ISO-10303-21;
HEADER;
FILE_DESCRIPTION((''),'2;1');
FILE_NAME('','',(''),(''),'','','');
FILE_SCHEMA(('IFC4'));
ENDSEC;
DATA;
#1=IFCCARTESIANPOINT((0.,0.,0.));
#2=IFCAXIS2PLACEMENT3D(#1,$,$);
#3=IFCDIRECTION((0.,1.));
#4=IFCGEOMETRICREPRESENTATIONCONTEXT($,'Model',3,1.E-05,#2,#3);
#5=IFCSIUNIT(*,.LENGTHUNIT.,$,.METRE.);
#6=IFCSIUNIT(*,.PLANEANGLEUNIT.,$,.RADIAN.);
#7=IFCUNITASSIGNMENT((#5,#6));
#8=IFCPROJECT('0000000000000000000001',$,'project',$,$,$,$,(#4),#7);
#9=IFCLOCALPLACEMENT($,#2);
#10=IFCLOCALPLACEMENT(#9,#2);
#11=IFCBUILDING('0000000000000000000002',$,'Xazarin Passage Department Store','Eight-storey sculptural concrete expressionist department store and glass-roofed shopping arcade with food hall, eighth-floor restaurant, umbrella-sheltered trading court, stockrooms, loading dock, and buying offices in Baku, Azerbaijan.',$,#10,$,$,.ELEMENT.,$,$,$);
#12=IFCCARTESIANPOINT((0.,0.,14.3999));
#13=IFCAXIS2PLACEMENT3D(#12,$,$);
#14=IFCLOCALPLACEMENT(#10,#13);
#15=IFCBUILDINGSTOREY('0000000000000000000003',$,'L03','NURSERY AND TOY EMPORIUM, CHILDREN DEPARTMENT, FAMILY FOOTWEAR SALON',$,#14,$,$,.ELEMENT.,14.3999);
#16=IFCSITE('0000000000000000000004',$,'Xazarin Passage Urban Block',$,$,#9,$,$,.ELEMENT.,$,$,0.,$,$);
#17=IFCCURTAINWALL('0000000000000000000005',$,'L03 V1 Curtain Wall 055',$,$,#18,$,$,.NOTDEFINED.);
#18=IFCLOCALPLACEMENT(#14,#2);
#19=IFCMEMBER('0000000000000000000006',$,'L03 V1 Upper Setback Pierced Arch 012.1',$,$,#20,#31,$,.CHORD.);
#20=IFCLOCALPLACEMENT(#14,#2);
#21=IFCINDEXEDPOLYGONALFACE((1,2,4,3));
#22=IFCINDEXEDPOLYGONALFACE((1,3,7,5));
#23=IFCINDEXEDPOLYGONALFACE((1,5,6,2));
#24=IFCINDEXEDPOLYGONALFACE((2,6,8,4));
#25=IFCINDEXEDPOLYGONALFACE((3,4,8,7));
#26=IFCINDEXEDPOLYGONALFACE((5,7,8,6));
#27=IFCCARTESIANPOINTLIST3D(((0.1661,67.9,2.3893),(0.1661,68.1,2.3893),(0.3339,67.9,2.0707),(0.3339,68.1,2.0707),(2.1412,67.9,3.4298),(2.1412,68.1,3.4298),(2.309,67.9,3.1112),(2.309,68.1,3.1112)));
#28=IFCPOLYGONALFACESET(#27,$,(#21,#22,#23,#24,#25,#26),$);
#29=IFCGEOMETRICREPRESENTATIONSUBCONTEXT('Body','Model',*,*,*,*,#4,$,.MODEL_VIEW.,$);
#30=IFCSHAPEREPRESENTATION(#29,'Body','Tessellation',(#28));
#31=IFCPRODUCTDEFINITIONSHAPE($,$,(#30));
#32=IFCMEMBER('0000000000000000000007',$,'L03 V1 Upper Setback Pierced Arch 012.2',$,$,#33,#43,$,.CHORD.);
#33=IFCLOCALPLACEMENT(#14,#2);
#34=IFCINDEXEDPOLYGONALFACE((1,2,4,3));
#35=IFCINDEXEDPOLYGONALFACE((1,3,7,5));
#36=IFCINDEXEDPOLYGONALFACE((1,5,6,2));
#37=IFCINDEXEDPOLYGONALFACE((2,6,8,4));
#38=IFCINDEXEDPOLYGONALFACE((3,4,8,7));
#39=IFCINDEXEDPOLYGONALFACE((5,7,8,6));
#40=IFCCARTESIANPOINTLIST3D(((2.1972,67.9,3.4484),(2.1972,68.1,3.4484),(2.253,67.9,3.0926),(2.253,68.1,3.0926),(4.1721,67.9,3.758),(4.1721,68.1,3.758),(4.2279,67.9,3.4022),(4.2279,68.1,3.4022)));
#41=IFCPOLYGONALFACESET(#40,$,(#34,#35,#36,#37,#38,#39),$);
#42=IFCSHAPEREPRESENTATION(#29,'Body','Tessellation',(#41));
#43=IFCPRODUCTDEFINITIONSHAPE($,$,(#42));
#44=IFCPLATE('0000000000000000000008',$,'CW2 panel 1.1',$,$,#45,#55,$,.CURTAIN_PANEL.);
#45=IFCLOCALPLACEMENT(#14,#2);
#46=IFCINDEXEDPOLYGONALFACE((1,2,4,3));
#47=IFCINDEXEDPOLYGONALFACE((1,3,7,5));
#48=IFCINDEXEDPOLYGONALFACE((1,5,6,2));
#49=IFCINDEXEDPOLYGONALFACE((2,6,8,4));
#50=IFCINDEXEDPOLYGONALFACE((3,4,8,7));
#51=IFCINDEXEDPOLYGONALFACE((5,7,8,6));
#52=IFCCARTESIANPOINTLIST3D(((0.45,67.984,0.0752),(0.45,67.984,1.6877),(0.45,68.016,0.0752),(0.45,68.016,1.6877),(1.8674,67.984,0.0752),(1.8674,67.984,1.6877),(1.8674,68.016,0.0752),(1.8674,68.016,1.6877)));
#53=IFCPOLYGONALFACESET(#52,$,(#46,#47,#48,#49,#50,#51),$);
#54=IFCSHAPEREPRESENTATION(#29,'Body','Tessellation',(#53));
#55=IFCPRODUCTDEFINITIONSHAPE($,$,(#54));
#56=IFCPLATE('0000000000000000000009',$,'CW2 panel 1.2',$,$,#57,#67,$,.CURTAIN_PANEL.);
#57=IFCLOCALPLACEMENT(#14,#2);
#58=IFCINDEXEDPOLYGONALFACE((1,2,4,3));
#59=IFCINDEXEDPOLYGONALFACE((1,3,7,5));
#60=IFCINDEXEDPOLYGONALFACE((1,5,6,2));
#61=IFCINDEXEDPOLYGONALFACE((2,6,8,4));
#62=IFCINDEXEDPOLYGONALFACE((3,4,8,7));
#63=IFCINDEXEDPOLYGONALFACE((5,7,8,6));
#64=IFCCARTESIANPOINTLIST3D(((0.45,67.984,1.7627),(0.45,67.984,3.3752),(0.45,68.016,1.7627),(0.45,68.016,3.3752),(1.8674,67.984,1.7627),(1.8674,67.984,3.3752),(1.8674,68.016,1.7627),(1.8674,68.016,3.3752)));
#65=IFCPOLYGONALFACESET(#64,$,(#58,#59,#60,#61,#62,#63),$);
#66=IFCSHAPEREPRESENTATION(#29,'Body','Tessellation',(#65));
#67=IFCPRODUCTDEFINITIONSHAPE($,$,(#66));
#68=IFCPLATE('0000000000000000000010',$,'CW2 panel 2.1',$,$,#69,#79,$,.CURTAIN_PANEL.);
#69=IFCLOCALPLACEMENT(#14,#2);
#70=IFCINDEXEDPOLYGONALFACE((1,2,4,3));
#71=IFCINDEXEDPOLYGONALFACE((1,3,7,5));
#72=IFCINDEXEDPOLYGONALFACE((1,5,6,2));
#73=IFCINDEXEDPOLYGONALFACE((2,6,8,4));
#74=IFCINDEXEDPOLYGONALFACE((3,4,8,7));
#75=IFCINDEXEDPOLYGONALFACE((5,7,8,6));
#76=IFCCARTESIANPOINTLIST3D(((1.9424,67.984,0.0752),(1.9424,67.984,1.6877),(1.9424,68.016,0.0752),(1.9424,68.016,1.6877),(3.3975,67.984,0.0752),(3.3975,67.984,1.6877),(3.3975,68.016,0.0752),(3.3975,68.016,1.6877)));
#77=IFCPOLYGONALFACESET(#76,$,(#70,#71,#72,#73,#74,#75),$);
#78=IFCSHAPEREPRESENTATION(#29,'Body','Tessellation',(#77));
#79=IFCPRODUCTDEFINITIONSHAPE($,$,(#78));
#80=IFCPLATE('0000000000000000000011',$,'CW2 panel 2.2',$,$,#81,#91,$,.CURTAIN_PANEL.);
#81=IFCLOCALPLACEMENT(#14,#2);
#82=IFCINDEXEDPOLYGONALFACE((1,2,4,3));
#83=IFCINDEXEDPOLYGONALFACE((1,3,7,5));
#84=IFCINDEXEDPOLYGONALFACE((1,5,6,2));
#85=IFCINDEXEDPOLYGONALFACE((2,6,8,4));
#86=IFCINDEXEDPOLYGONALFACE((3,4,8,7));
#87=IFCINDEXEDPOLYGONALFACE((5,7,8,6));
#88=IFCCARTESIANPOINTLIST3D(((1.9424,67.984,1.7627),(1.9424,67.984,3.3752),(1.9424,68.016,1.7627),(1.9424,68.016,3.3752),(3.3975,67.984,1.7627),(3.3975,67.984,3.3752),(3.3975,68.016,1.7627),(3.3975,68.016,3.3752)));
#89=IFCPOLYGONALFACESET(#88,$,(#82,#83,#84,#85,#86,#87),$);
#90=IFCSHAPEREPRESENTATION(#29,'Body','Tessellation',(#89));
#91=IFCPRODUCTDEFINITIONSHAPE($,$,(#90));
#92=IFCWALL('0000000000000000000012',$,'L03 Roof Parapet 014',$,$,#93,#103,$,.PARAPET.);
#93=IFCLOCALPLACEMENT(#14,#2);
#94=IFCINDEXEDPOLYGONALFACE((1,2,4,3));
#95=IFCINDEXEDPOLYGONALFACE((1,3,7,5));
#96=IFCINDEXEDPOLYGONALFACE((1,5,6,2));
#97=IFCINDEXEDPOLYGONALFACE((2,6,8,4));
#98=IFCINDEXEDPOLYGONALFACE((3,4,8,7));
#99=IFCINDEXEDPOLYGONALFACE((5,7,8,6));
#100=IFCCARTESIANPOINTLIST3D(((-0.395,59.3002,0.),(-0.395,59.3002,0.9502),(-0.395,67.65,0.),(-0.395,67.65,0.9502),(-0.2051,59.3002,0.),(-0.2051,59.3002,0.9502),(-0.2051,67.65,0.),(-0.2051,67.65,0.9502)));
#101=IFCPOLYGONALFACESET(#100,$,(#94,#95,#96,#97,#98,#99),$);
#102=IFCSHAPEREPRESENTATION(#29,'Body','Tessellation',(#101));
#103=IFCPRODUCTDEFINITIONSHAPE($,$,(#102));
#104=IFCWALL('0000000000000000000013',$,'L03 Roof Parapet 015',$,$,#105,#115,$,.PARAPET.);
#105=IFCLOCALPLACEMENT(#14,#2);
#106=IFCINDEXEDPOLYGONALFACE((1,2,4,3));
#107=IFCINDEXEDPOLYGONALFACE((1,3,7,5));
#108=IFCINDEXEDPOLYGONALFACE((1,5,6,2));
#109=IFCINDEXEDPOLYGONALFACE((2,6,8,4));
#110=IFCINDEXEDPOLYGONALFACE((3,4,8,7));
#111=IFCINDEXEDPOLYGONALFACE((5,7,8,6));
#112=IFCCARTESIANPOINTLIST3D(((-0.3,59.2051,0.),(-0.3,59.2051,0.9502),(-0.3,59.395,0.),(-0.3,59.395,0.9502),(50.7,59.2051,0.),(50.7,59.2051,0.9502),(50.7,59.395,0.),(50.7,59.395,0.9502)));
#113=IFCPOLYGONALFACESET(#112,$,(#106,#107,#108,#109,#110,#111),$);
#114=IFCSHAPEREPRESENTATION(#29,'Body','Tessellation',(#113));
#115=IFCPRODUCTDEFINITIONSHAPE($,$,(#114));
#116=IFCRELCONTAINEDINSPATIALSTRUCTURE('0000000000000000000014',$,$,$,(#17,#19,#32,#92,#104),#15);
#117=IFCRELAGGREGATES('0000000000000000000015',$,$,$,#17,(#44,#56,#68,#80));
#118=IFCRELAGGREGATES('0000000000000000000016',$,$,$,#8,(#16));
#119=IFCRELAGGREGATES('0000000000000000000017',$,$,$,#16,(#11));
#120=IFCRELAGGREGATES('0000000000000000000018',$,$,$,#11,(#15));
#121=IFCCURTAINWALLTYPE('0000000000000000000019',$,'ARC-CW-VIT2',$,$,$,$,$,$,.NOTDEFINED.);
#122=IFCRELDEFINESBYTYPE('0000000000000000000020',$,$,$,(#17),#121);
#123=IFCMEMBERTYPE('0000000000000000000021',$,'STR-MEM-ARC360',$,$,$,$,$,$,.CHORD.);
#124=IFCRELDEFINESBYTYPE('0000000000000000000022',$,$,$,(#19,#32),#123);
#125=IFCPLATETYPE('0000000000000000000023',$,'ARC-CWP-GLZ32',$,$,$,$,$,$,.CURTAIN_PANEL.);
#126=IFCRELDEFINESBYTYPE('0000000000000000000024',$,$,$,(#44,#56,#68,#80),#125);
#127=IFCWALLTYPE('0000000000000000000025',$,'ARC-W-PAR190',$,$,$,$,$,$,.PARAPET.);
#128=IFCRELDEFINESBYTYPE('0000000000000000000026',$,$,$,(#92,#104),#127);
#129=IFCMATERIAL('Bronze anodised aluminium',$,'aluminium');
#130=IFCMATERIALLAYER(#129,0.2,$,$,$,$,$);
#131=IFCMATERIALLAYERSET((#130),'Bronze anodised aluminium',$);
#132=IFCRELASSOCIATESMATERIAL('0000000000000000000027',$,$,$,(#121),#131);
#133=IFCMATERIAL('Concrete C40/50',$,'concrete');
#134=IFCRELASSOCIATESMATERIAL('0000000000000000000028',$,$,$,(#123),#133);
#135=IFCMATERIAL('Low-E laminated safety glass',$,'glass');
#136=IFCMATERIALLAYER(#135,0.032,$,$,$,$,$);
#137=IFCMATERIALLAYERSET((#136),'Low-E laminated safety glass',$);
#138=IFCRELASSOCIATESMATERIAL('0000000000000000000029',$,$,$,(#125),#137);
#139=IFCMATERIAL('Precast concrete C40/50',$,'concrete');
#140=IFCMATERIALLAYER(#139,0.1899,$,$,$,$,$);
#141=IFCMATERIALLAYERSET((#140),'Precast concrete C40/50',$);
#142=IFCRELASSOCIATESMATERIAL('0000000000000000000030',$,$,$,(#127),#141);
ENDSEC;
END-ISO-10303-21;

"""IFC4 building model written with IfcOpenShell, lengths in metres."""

from ifc_helpers import new_model, si_unit, direction, frame, frame_2d, origin, origin_2d, place, context, subcontext, project, spatial, rectangle, extrude, material, layer, layer_set, material_profile, profile_set, type_object, element, aggregate, save


model = new_model("IFC4")

# Units and contexts
model_context = context("Model", 3, precision=1e-05, world=origin(), true_north=direction((0.0, 1.0)))
body_context = subcontext(model_context, "Body", "Model", "MODEL_VIEW")
ifc_project = project(units=[si_unit("LENGTHUNIT", "METRE"), si_unit("PLANEANGLEUNIT", "RADIAN")], contexts=[model_context])

# Site, building, storey
site_placement = place(None, origin())
site = spatial("IfcSite", under=ifc_project, at=site_placement, Name="Xazarin Passage Urban Block", CompositionType="ELEMENT", RefElevation=0.0)
building_placement = place(site_placement, origin())
building = spatial("IfcBuilding", under=site, at=building_placement, Name="Xazarin Passage Department Store", Description="Eight-storey sculptural concrete expressionist department store and glass-roofed shopping arcade with food hall, eighth-floor restaurant, umbrella-sheltered trading court, stockrooms, loading dock, and buying offices in Baku, Azerbaijan.", CompositionType="ELEMENT")
storey_placement = place(building_placement, frame((0.0, 0.0, 14.3999)))
storey = spatial("IfcBuildingStorey", under=building, at=storey_placement, Name="L03", Description="NURSERY AND TOY EMPORIUM, CHILDREN DEPARTMENT, FAMILY FOOTWEAR SALON", CompositionType="ELEMENT", Elevation=14.3999)

# Shared definitions
ifc_material_1 = material(Name="Concrete C40/50", Category="concrete")

# Curtain wall
ifc_material_2 = material(Name="Bronze anodised aluminium", Category="aluminium")
ifc_layer_1 = layer(ifc_material_2, 0.2)
ifc_layer_set_1 = layer_set([ifc_layer_1], Name="Bronze anodised aluminium")
curtain_wall_type = type_object("IfcCurtainWallType", Name="ARC-CW-VIT2", PredefinedType="NOTDEFINED", material=ifc_layer_set_1)
curtain_wall_placement = place(storey_placement, origin())
curtain_wall = element("IfcCurtainWall", 1, at=curtain_wall_placement, inside=storey, type_object=curtain_wall_type, Name="L03 V1 Curtain Wall 055", PredefinedType="NOTDEFINED")

# Members
ifc_material_profile_1 = material_profile(ifc_material_1, rectangle(XDim=0.2, YDim=0.3601, at=origin_2d()), Name="RC 200x360")
ifc_profile_set_1 = profile_set([ifc_material_profile_1], Name="Concrete C40/50")
member_type_1 = type_object("IfcMemberType", Name="STR-MEM-ARC360", PredefinedType="CHORD", material=ifc_profile_set_1)
member_1_placement = place(storey_placement, frame((0.25, 68.0, 2.23), z_axis=(0.884733, 0.0, 0.466098), x_axis=(0.0, 1.0, 0.0)))
element("IfcMember", 2, at=member_1_placement, inside=storey, type_object=member_type_1, Name="L03 V1 Upper Setback Pierced Arch 012.1", PredefinedType="CHORD", context=body_context, shape_type="SweptSolid", body=[
    extrude(rectangle(XDim=0.2, YDim=0.3601, at=origin_2d()), origin(), (0.0, 0.0, 1.0), 2.2324),
])
member_2_placement = place(storey_placement, frame((2.2251, 68.0, 3.2705), z_axis=(0.987936, 0.0, 0.154865), x_axis=(0.0, 1.0, 0.0)))
element("IfcMember", 3, at=member_2_placement, inside=storey, type_object=member_type_1, Name="L03 V1 Upper Setback Pierced Arch 012.2", PredefinedType="CHORD", context=body_context, shape_type="SweptSolid", body=[
    extrude(rectangle(XDim=0.2, YDim=0.3601, at=origin_2d()), origin(), (0.0, 0.0, 1.0), 1.999),
])

# Plates
ifc_material_3 = material(Name="Low-E laminated safety glass", Category="glass")
ifc_layer_2 = layer(ifc_material_3, 0.032)
ifc_layer_set_2 = layer_set([ifc_layer_2], Name="Low-E laminated safety glass")
plate_type = type_object("IfcPlateType", Name="ARC-CWP-GLZ32", PredefinedType="CURTAIN_PANEL", material=ifc_layer_set_2)
plate_1_placement = place(storey_placement, frame((1.1587, 68.0, 0.0752), z_axis=(0.0, 0.0, 1.0), x_axis=(1.0, 0.0, 0.0)))
plate_1 = element("IfcPlate", 4, at=plate_1_placement, type_object=plate_type, Name="CW2 panel 1.1", PredefinedType="CURTAIN_PANEL", context=body_context, shape_type="SweptSolid", body=[
    extrude(rectangle(XDim=1.4175, YDim=0.032, at=origin_2d()), origin(), (0.0, 0.0, 1.0), 1.6125),
])
plate_2_placement = place(storey_placement, frame((1.1587, 68.0, 1.7627), z_axis=(0.0, 0.0, 1.0), x_axis=(1.0, 0.0, 0.0)))
plate_2 = element("IfcPlate", 5, at=plate_2_placement, type_object=plate_type, Name="CW2 panel 1.2", PredefinedType="CURTAIN_PANEL", context=body_context, shape_type="SweptSolid", body=[
    extrude(rectangle(XDim=1.4175, YDim=0.032, at=origin_2d()), origin(), (0.0, 0.0, 1.0), 1.6125),
])
plate_3_placement = place(storey_placement, frame((2.6699, 68.0, 0.0752), z_axis=(0.0, 0.0, 1.0), x_axis=(1.0, 0.0, 0.0)))
plate_3 = element("IfcPlate", 6, at=plate_3_placement, type_object=plate_type, Name="CW2 panel 2.1", PredefinedType="CURTAIN_PANEL", context=body_context, shape_type="SweptSolid", body=[
    extrude(rectangle(XDim=1.4551, YDim=0.032, at=origin_2d()), origin(), (0.0, 0.0, 1.0), 1.6125),
])
plate_4_placement = place(storey_placement, frame((2.6699, 68.0, 1.7627), z_axis=(0.0, 0.0, 1.0), x_axis=(1.0, 0.0, 0.0)))
plate_4 = element("IfcPlate", 7, at=plate_4_placement, type_object=plate_type, Name="CW2 panel 2.2", PredefinedType="CURTAIN_PANEL", context=body_context, shape_type="SweptSolid", body=[
    extrude(rectangle(XDim=1.4551, YDim=0.032, at=origin_2d()), origin(), (0.0, 0.0, 1.0), 1.6125),
])
aggregate(curtain_wall, [plate_1, plate_2, plate_3, plate_4])

# Walls
ifc_material_4 = material(Name="Precast concrete C40/50", Category="concrete")
ifc_layer_3 = layer(ifc_material_4, 0.1899)
ifc_layer_set_3 = layer_set([ifc_layer_3], Name="Precast concrete C40/50")
wall_type = type_object("IfcWallType", Name="ARC-W-PAR190", PredefinedType="PARAPET", material=ifc_layer_set_3)
wall_1_placement = place(storey_placement, frame((-0.3, 67.6499, 0.0), z_axis=(0.0, 0.0, 1.0), x_axis=(0.0, -1.0, 0.0)))
element("IfcWall", 8, at=wall_1_placement, inside=storey, type_object=wall_type, Name="L03 Roof Parapet 014", PredefinedType="PARAPET", context=body_context, shape_type="SweptSolid", body=[
    extrude(rectangle(XDim=8.3499, YDim=0.1899, at=frame_2d((4.1748, 0.0))), origin(), (0.0, 0.0, 1.0), 0.9502),
])
wall_2_placement = place(storey_placement, frame((-0.3, 59.3, 0.0), z_axis=(0.0, 0.0, 1.0), x_axis=(1.0, 0.0, 0.0)))
element("IfcWall", 9, at=wall_2_placement, inside=storey, type_object=wall_type, Name="L03 Roof Parapet 015", PredefinedType="PARAPET", context=body_context, shape_type="SweptSolid", body=[
    extrude(rectangle(XDim=51.0, YDim=0.1899, at=frame_2d((25.5, 0.0))), origin(), (0.0, 0.0, 1.0), 0.9502),
])

save(model, "model.ifc")
